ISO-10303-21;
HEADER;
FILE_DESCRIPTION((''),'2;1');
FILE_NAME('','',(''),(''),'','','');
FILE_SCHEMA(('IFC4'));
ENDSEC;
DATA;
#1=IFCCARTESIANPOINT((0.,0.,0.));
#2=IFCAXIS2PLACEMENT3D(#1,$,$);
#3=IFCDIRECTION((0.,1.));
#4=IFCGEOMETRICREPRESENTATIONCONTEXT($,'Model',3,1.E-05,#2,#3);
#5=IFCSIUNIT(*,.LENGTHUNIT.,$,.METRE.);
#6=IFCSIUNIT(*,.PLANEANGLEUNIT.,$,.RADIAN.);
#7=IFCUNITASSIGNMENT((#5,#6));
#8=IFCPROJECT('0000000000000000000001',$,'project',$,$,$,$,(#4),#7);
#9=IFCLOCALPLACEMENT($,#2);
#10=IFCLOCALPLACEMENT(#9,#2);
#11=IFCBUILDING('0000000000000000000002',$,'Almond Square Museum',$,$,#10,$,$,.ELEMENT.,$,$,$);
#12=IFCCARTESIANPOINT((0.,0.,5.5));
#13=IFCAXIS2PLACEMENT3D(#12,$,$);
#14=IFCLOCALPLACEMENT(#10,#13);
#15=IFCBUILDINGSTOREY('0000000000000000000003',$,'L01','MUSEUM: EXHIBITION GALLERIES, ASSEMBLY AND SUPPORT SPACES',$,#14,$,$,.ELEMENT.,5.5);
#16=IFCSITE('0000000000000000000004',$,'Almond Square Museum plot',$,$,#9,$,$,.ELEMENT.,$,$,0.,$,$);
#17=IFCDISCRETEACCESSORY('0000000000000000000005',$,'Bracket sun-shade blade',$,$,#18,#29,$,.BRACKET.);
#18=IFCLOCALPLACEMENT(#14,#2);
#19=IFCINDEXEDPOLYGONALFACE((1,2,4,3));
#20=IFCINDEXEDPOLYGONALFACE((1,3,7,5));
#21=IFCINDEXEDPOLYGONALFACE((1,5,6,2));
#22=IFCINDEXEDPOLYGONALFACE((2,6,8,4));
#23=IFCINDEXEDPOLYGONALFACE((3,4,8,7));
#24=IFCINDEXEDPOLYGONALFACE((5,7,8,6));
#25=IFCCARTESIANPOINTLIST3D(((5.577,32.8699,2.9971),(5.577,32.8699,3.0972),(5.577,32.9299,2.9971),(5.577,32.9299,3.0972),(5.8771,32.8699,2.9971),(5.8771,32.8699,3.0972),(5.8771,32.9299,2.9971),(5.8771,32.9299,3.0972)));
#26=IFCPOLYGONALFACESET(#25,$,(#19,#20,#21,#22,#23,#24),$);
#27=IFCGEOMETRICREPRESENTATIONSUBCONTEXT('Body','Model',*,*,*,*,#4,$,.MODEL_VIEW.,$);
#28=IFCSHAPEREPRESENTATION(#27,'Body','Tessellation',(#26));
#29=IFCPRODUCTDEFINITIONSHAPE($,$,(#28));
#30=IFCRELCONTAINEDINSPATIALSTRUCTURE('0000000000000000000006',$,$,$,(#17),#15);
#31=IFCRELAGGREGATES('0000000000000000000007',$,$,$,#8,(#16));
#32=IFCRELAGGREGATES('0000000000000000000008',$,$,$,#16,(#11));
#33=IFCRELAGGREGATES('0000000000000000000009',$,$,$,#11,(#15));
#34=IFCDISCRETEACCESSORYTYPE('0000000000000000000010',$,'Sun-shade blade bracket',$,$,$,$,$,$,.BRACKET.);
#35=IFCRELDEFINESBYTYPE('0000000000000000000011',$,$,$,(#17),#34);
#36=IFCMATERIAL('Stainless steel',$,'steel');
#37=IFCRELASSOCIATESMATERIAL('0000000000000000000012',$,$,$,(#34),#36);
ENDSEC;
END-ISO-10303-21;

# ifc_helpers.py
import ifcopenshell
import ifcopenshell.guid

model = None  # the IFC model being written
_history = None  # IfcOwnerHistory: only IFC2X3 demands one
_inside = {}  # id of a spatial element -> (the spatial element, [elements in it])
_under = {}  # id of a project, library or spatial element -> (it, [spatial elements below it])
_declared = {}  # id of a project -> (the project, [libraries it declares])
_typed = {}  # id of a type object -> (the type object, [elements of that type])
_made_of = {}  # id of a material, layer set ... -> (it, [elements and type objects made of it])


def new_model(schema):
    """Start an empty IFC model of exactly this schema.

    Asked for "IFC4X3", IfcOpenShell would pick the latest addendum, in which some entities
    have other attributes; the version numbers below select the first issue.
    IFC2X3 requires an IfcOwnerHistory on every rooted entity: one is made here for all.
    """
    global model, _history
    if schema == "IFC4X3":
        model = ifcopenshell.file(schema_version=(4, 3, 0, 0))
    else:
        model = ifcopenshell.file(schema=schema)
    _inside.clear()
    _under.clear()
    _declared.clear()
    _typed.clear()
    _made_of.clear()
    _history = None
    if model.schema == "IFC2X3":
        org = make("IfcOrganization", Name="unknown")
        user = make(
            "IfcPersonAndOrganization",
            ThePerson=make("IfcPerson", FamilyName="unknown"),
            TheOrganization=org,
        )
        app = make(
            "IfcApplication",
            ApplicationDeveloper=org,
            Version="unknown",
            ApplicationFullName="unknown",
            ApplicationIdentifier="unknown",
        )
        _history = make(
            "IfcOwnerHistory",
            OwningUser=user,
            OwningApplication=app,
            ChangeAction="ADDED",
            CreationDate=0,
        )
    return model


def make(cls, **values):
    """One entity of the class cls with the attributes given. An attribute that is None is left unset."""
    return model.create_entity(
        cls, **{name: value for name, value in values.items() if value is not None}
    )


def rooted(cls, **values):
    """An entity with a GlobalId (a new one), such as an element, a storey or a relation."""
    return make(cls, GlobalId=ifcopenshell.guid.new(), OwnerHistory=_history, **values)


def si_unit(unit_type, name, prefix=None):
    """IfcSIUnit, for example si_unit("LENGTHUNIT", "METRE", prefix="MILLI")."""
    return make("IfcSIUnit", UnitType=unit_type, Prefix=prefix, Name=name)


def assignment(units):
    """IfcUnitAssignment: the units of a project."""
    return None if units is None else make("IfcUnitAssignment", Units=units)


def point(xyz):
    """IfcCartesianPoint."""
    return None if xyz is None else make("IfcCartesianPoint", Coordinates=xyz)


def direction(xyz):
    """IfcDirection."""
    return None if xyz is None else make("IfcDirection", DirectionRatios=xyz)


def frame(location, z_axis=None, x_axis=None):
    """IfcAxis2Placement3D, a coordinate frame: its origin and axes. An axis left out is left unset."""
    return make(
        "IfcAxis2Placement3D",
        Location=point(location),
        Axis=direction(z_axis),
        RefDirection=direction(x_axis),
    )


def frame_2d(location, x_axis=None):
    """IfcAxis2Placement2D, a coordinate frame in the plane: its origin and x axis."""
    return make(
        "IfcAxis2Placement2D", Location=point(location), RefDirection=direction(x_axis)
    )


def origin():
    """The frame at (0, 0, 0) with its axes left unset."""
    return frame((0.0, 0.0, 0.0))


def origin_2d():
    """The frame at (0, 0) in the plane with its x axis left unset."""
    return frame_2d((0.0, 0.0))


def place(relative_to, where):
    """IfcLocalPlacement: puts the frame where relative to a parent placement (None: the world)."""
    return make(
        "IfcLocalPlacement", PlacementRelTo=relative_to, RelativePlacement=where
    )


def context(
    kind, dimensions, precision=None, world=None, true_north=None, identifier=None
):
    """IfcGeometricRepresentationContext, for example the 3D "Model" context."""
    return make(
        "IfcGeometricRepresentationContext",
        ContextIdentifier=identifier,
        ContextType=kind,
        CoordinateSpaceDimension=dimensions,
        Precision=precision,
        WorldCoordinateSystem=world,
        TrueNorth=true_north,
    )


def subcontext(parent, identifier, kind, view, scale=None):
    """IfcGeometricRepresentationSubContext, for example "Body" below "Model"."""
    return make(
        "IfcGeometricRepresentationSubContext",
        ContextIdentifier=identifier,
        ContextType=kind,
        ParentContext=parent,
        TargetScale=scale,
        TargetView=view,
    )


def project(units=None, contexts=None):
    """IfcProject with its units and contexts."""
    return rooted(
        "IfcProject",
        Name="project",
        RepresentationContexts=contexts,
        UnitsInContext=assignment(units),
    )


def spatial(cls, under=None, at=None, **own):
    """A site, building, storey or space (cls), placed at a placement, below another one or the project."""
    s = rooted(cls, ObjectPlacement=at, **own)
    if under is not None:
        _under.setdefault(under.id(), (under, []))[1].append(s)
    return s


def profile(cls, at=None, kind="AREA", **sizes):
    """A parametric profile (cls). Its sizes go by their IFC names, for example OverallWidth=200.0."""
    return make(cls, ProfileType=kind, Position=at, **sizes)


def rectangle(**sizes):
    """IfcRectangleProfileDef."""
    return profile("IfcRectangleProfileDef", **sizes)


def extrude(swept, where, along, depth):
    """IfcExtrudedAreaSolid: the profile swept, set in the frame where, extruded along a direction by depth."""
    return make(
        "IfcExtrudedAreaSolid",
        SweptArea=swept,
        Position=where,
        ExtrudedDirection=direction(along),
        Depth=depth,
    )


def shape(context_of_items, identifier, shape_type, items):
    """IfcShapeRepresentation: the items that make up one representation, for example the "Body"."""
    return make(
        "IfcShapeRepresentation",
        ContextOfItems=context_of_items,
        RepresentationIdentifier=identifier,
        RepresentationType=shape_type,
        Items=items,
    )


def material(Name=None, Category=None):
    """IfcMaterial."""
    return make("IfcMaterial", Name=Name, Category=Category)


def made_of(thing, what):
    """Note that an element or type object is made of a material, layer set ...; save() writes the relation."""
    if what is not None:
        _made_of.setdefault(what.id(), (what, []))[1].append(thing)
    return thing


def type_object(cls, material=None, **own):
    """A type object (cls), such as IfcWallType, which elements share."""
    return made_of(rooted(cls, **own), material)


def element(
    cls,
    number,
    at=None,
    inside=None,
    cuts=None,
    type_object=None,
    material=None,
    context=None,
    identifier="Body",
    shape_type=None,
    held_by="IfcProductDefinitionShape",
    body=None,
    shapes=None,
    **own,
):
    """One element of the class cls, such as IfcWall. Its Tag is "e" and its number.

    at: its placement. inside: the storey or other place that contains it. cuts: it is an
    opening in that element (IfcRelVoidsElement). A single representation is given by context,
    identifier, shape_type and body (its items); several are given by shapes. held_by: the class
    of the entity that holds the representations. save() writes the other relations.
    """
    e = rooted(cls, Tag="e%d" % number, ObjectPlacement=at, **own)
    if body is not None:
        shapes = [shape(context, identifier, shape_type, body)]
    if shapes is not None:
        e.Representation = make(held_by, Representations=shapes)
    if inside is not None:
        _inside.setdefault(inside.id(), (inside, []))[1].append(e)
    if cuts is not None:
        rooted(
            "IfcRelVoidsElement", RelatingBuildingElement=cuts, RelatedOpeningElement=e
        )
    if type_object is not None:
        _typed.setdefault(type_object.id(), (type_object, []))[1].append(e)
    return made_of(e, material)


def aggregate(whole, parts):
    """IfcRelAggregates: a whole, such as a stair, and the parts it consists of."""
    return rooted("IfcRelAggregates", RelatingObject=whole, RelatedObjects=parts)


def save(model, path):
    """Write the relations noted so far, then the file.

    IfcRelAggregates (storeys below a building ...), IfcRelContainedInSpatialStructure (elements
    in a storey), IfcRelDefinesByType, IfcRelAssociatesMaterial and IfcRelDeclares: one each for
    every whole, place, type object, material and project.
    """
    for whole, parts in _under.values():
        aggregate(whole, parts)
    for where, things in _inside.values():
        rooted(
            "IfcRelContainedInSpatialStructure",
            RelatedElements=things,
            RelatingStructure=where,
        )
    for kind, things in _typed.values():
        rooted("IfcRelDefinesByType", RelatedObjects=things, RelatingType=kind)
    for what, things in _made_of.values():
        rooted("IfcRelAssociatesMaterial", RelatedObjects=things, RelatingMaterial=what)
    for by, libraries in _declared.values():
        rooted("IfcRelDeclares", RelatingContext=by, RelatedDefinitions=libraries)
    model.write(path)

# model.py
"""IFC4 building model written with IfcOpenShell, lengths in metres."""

from ifc_helpers import new_model, si_unit, direction, frame, origin, origin_2d, place, context, subcontext, project, spatial, rectangle, extrude, material, type_object, element, save


model = new_model("IFC4")

# Units and contexts
model_context = context("Model", 3, precision=1e-05, world=origin(), true_north=direction((0.0, 1.0)))
body_context = subcontext(model_context, "Body", "Model", "MODEL_VIEW")
ifc_project = project(units=[si_unit("LENGTHUNIT", "METRE"), si_unit("PLANEANGLEUNIT", "RADIAN")], contexts=[model_context])

# Site, building, storey
site_placement = place(None, origin())
site = spatial("IfcSite", under=ifc_project, at=site_placement, Name="Almond Square Museum plot", CompositionType="ELEMENT", RefElevation=0.0)
building_placement = place(site_placement, origin())
building = spatial("IfcBuilding", under=site, at=building_placement, Name="Almond Square Museum", CompositionType="ELEMENT")
storey_placement = place(building_placement, frame((0.0, 0.0, 5.5)))
storey = spatial("IfcBuildingStorey", under=building, at=storey_placement, Name="L01", Description="MUSEUM: EXHIBITION GALLERIES, ASSEMBLY AND SUPPORT SPACES", CompositionType="ELEMENT", Elevation=5.5)

# Discrete accessory
ifc_material_1 = material(Name="Stainless steel", Category="steel")
discrete_accessory_type = type_object("IfcDiscreteAccessoryType", Name="Sun-shade blade bracket", PredefinedType="BRACKET", material=ifc_material_1)
for number, where, z_axis, x_axis, name in (
    (1, (5.7271, 32.8999, 2.9971), (0.0, 0.0, 1.0), (1.0, 0.0, 0.0), "Bracket sun-shade blade"),
):
    element("IfcDiscreteAccessory", number, at=place(storey_placement, frame(where, z_axis=z_axis, x_axis=x_axis)), inside=storey, type_object=discrete_accessory_type, Name=name, PredefinedType="BRACKET", context=body_context, shape_type="SweptSolid", body=[
        extrude(rectangle(XDim=0.3, YDim=0.0601, at=origin_2d()), origin(), (0.0, 0.0, 1.0), 0.1001),
    ])

save(model, "model.ifc")
